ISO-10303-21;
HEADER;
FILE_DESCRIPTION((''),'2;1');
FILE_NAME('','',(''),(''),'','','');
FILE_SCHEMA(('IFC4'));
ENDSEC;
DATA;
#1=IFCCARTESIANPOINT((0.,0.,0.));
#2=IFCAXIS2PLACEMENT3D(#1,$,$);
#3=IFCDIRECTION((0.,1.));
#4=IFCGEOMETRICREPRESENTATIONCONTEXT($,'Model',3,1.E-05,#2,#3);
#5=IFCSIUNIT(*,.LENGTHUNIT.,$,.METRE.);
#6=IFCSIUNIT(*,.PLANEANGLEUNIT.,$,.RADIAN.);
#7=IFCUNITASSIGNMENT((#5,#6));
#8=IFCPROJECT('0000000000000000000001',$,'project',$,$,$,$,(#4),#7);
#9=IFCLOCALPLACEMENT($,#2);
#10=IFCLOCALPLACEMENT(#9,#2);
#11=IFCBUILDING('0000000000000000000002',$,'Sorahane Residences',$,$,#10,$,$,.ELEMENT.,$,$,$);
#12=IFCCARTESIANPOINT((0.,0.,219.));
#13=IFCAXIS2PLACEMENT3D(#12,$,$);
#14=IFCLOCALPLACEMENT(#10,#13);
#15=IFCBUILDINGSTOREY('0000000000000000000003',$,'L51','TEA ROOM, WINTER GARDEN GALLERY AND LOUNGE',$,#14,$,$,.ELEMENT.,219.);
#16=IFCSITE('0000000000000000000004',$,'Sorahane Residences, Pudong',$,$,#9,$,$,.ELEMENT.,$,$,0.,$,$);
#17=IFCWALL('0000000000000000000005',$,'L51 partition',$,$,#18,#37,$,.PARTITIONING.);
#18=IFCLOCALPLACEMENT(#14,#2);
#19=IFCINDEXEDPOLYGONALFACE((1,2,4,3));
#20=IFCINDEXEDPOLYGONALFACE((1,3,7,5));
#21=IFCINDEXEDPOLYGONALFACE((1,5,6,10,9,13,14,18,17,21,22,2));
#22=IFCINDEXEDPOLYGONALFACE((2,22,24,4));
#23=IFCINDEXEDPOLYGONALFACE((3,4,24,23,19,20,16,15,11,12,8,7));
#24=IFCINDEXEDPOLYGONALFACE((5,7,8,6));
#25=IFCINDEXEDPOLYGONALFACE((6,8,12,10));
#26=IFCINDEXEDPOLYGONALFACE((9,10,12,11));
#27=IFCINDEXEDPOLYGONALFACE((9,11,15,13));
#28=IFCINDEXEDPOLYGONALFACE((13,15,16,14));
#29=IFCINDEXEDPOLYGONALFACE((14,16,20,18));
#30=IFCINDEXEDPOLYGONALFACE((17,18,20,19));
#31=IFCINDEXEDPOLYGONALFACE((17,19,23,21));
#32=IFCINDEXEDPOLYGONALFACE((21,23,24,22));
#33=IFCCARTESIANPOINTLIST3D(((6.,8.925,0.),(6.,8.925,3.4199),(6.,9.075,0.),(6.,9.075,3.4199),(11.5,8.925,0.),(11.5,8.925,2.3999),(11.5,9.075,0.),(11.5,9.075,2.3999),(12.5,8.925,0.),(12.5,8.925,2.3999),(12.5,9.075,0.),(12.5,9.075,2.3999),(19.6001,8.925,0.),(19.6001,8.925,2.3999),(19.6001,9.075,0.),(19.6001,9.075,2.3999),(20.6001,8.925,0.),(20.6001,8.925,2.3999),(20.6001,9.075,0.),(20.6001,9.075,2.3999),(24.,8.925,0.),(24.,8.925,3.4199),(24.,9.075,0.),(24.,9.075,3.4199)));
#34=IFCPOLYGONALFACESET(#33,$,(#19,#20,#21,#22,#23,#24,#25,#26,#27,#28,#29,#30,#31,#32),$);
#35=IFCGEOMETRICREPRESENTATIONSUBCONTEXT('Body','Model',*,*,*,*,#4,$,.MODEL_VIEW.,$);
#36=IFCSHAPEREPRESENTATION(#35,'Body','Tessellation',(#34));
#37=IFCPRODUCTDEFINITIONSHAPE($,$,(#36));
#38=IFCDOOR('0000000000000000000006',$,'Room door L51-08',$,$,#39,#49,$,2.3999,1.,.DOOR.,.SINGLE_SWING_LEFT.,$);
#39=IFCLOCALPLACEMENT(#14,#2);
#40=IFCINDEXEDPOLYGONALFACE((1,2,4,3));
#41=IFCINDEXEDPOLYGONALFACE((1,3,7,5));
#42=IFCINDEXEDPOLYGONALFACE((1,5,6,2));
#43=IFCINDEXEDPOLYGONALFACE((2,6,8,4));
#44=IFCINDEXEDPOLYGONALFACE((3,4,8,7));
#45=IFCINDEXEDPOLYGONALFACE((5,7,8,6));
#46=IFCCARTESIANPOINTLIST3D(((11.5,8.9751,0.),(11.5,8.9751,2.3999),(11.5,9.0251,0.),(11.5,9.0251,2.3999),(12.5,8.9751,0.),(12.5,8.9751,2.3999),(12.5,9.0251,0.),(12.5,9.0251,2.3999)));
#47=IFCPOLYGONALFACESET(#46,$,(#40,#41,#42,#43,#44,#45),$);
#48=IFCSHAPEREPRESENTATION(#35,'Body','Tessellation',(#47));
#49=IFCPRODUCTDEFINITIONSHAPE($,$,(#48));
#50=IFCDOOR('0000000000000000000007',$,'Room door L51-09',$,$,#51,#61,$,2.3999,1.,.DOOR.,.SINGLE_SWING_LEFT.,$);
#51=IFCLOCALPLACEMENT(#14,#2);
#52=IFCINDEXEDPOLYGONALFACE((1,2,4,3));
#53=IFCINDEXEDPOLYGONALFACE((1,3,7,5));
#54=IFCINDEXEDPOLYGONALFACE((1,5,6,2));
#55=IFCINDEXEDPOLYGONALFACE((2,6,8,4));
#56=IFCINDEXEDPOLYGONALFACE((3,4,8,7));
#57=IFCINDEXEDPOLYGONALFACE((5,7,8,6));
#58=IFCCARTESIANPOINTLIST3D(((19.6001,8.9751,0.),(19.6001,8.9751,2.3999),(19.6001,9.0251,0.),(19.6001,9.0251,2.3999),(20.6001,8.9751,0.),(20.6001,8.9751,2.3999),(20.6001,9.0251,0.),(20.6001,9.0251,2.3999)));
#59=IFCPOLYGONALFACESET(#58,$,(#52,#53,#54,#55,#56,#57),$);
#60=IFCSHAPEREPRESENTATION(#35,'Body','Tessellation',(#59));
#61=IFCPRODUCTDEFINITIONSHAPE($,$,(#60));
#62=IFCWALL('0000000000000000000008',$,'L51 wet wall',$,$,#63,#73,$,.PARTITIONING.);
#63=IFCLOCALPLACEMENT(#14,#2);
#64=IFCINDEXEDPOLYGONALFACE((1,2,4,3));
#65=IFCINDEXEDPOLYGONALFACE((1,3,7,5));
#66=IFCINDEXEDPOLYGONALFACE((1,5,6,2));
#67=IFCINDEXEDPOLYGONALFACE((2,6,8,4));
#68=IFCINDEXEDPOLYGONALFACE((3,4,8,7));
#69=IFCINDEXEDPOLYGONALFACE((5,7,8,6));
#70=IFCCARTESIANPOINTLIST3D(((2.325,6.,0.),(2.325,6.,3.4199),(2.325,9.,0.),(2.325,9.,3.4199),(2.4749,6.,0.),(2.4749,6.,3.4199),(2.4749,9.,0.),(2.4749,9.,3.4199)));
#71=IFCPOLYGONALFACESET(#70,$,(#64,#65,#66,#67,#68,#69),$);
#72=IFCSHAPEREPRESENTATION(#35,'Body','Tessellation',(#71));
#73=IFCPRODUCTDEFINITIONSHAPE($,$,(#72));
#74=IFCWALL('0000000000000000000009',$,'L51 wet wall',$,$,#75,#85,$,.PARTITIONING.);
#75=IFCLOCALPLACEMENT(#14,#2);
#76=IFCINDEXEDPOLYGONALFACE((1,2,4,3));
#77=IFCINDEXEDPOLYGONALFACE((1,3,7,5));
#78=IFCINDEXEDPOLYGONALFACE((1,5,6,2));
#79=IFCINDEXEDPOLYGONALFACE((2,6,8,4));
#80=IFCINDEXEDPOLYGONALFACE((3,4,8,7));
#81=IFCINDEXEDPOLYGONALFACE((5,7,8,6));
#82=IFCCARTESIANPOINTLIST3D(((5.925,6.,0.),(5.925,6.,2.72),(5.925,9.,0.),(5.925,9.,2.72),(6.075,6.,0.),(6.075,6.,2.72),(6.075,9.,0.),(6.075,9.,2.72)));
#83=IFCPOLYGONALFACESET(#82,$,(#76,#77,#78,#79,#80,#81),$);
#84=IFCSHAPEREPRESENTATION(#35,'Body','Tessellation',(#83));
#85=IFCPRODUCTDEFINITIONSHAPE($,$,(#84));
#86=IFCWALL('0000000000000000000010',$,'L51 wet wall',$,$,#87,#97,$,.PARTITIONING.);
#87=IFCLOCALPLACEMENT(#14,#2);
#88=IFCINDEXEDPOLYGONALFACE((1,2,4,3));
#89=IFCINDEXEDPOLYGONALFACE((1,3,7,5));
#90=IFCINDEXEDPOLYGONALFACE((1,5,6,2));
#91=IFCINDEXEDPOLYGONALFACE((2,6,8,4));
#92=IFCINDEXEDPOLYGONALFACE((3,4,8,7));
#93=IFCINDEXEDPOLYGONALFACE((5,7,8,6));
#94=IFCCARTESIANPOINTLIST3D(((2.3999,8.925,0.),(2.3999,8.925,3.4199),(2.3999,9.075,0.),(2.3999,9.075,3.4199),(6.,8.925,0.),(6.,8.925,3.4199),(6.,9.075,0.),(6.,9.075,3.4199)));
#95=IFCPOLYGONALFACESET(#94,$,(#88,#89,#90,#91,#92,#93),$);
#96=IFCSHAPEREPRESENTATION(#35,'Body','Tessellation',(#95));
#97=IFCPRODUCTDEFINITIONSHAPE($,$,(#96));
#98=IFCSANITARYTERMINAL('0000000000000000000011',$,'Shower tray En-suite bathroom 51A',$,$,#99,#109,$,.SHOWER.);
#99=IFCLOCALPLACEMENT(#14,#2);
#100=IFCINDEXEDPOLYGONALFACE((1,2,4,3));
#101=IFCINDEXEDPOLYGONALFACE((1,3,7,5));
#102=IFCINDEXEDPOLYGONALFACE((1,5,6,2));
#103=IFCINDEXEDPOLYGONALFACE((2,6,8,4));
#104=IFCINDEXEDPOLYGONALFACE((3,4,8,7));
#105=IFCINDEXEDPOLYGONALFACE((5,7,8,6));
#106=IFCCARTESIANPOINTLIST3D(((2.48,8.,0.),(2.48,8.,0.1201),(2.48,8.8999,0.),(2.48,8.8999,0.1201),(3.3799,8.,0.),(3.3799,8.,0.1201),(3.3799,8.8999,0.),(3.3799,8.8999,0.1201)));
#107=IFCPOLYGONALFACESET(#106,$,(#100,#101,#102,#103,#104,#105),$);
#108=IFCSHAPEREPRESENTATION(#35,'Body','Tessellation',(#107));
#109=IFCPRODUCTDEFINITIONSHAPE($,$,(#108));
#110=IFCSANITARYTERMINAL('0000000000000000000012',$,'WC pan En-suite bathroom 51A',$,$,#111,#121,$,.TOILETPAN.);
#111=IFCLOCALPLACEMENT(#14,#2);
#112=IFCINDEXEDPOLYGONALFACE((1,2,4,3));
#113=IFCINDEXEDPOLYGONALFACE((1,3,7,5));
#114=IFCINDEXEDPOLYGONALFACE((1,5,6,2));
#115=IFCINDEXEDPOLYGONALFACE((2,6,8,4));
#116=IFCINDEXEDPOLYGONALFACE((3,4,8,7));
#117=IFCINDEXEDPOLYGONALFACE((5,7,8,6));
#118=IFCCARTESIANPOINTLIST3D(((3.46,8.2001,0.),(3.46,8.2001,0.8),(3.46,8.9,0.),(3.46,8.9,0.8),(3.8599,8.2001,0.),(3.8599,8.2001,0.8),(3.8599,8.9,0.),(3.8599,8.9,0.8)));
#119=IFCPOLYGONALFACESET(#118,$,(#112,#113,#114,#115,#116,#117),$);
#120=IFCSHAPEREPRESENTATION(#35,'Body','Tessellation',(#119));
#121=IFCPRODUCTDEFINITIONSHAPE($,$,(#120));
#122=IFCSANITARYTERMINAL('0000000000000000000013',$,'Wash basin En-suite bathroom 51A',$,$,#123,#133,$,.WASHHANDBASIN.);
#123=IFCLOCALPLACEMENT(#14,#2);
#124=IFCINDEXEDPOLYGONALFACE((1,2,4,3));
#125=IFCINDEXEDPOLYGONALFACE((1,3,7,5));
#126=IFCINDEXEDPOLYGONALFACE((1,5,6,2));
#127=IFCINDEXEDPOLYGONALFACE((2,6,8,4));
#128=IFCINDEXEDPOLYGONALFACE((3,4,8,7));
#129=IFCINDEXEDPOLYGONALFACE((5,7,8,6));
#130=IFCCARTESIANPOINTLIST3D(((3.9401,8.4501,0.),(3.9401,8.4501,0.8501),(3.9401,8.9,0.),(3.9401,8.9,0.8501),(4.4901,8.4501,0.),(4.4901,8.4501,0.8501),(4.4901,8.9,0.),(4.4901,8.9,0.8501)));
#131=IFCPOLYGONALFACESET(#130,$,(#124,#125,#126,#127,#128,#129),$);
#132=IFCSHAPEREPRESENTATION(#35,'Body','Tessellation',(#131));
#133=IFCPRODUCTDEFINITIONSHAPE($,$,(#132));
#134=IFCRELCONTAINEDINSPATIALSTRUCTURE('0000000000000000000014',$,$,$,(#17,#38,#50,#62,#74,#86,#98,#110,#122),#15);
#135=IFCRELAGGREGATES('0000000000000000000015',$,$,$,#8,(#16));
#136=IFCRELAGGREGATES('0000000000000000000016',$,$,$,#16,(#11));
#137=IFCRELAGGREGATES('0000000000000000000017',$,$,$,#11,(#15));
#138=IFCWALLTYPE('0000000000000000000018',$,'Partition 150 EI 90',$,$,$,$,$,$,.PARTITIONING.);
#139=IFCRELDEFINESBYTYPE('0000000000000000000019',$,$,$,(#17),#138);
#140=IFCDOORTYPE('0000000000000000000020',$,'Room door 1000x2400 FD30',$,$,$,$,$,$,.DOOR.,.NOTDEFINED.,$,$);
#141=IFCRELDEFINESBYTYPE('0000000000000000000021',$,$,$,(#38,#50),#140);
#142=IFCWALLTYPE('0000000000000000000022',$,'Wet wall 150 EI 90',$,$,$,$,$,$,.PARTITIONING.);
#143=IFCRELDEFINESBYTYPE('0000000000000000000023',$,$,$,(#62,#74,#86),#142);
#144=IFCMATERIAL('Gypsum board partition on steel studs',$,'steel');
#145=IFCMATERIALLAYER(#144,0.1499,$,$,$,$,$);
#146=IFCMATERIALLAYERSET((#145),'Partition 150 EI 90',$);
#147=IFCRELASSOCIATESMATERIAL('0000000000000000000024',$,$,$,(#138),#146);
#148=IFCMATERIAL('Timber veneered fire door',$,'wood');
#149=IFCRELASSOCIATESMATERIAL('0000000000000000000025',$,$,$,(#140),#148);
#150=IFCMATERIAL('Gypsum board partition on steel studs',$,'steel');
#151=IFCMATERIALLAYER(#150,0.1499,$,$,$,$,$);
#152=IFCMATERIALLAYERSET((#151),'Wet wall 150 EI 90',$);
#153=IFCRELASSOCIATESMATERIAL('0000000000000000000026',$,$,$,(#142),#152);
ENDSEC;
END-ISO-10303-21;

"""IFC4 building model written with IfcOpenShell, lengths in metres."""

from ifc_helpers import new_model, si_unit, direction, frame, frame_2d, origin, origin_2d, place, context, subcontext, project, spatial, rectangle, extrude, material, layer, layer_set, type_object, element, fill, save


model = new_model("IFC4")

# Units and contexts
model_context = context("Model", 3, precision=1e-05, world=origin(), true_north=direction((0.0, 1.0)))
body_context = subcontext(model_context, "Body", "Model", "MODEL_VIEW")
ifc_project = project(units=[si_unit("LENGTHUNIT", "METRE"), si_unit("PLANEANGLEUNIT", "RADIAN")], contexts=[model_context])

# Site, building, storey
site_placement = place(None, origin())
site = spatial("IfcSite", under=ifc_project, at=site_placement, Name="Sorahane Residences, Pudong", CompositionType="ELEMENT", RefElevation=0.0)
building_placement = place(site_placement, origin())
building = spatial("IfcBuilding", under=site, at=building_placement, Name="Sorahane Residences", CompositionType="ELEMENT")
storey_placement = place(building_placement, frame((0.0, 0.0, 219.0)))
storey = spatial("IfcBuildingStorey", under=building, at=storey_placement, Name="L51", Description="TEA ROOM, WINTER GARDEN GALLERY AND LOUNGE", CompositionType="ELEMENT", Elevation=219.0)

# Shared definitions
ifc_material_1 = material(Name="Gypsum board partition on steel studs", Category="steel")
ifc_layer_1 = layer(ifc_material_1, 0.1499)
ifc_layer_set_1 = layer_set([ifc_layer_1], Name="Partition 150 EI 90")
wall_type_1 = type_object("IfcWallType", Name="Partition 150 EI 90", PredefinedType="PARTITIONING", material=ifc_layer_set_1)

# Shared definitions
ifc_material_2 = material(Name="Timber veneered fire door", Category="wood")
door_type_1 = type_object("IfcDoorType", Name="Room door 1000x2400 FD30", OperationType="NOTDEFINED", PredefinedType="DOOR", material=ifc_material_2)

# Wall, openings, doors
wall_1_placement = place(storey_placement, frame((6.0, 9.0, 0.0), z_axis=(0.0, 0.0, 1.0), x_axis=(1.0, 0.0, 0.0)))
wall_1 = element("IfcWall", 1, at=wall_1_placement, inside=storey, type_object=wall_type_1, Name="L51 partition", PredefinedType="PARTITIONING", context=body_context, shape_type="SweptSolid", body=[
    extrude(rectangle(XDim=18.0, YDim=0.1499, at=frame_2d((9.0, 0.0))), origin(), (0.0, 0.0, 1.0), 3.4199),
])
opening_1_placement = place(wall_1_placement, frame((5.5, 0.0, 0.0)))
opening_1 = element("IfcOpeningElement", 2, at=opening_1_placement, cuts=wall_1, PredefinedType="OPENING", context=body_context, shape_type="SweptSolid", body=[
    extrude(rectangle(XDim=1.0, YDim=2.3999, at=frame_2d((0.5, 1.2))), frame((0.0, 0.085, 0.0), z_axis=(0.0, -1.0, 0.0), x_axis=(1.0, 0.0, 0.0)), (0.0, 0.0, 1.0), 0.1699),
])
opening_2_placement = place(wall_1_placement, frame((13.6001, 0.0, 0.0)))
opening_2 = element("IfcOpeningElement", 3, at=opening_2_placement, cuts=wall_1, PredefinedType="OPENING", context=body_context, shape_type="SweptSolid", body=[
    extrude(rectangle(XDim=1.0, YDim=2.3999, at=frame_2d((0.5, 1.2))), frame((0.0, 0.085, 0.0), z_axis=(0.0, -1.0, 0.0), x_axis=(1.0, 0.0, 0.0)), (0.0, 0.0, 1.0), 0.1699),
])
door_1_placement = place(opening_1_placement, frame((1.0, 0.0, 0.0), z_axis=(0.0, 0.0, 1.0), x_axis=(-1.0, 0.0, 0.0)))
door_1 = element("IfcDoor", 4, at=door_1_placement, inside=storey, type_object=door_type_1, Name="Room door L51-08", OperationType="SINGLE_SWING_LEFT", OverallHeight=2.3999, OverallWidth=1.0, PredefinedType="DOOR", context=body_context, shape_type="SweptSolid", body=[
    extrude(rectangle(XDim=1.0, YDim=2.3999, at=frame_2d((0.5, 1.2))), frame((0.0, 0.0249, 0.0), z_axis=(0.0, -1.0, 0.0), x_axis=(1.0, 0.0, 0.0)), (0.0, 0.0, 1.0), 0.05),
])
fill(opening_1, door_1)
door_2_placement = place(opening_2_placement, frame((1.0, 0.0, 0.0), z_axis=(0.0, 0.0, 1.0), x_axis=(-1.0, 0.0, 0.0)))
door_2 = element("IfcDoor", 5, at=door_2_placement, inside=storey, type_object=door_type_1, Name="Room door L51-09", OperationType="SINGLE_SWING_LEFT", OverallHeight=2.3999, OverallWidth=1.0, PredefinedType="DOOR", context=body_context, shape_type="SweptSolid", body=[
    extrude(rectangle(XDim=1.0, YDim=2.3999, at=frame_2d((0.5, 1.2))), frame((0.0, 0.0249, 0.0), z_axis=(0.0, -1.0, 0.0), x_axis=(1.0, 0.0, 0.0)), (0.0, 0.0, 1.0), 0.05),
])
fill(opening_2, door_2)

# Walls
ifc_material_3 = material(Name="Gypsum board partition on steel studs", Category="steel")
ifc_layer_2 = layer(ifc_material_3, 0.1499)
ifc_layer_set_2 = layer_set([ifc_layer_2], Name="Wet wall 150 EI 90")
wall_type_2 = type_object("IfcWallType", Name="Wet wall 150 EI 90", PredefinedType="PARTITIONING", material=ifc_layer_set_2)
wall_2_placement = place(storey_placement, frame((2.3999, 6.0, 0.0), z_axis=(0.0, 0.0, 1.0), x_axis=(0.0, 1.0, 0.0)))
element("IfcWall", 6, at=wall_2_placement, inside=storey, type_object=wall_type_2, Name="L51 wet wall", PredefinedType="PARTITIONING", context=body_context, shape_type="SweptSolid", body=[
    extrude(rectangle(XDim=3.0, YDim=0.1499, at=frame_2d((1.5, 0.0))), origin(), (0.0, 0.0, 1.0), 3.4199),
])
wall_3_placement = place(storey_placement, frame((6.0, 6.0, 0.0), z_axis=(0.0, 0.0, 1.0), x_axis=(0.0, 1.0, 0.0)))
element("IfcWall", 7, at=wall_3_placement, inside=storey, type_object=wall_type_2, Name="L51 wet wall", PredefinedType="PARTITIONING", context=body_context, shape_type="SweptSolid", body=[
    extrude(rectangle(XDim=3.0, YDim=0.1499, at=frame_2d((1.5, 0.0))), origin(), (0.0, 0.0, 1.0), 2.72),
])

# Wall
wall_4_placement = place(storey_placement, frame((2.3999, 9.0, 0.0), z_axis=(0.0, 0.0, 1.0), x_axis=(1.0, 0.0, 0.0)))
element("IfcWall", 8, at=wall_4_placement, inside=storey, type_object=wall_type_2, Name="L51 wet wall", PredefinedType="PARTITIONING", context=body_context, shape_type="SweptSolid", body=[
    extrude(rectangle(XDim=3.6001, YDim=0.1499, at=frame_2d((1.8, 0.0))), origin(), (0.0, 0.0, 1.0), 3.4199),
])

# Sanitary terminals
sanitary_terminal_1_placement = place(storey_placement, frame((2.9299, 8.45, 0.0), z_axis=(0.0, 0.0, 1.0), x_axis=(1.0, 0.0, 0.0)))
element("IfcSanitaryTerminal", 9, at=sanitary_terminal_1_placement, inside=storey, Name="Shower tray En-suite bathroom 51A", PredefinedType="SHOWER", context=body_context, shape_type="SweptSolid", body=[
    extrude(rectangle(XDim=0.8999, YDim=0.8999, at=origin_2d()), origin(), (0.0, 0.0, 1.0), 0.1201),
])
sanitary_terminal_2_placement = place(storey_placement, frame((3.6599, 8.55, 0.0), z_axis=(0.0, 0.0, 1.0), x_axis=(1.0, 0.0, 0.0)))
element("IfcSanitaryTerminal", 10, at=sanitary_terminal_2_placement, inside=storey, Name="WC pan En-suite bathroom 51A", PredefinedType="TOILETPAN", context=body_context, shape_type="SweptSolid", body=[
    extrude(rectangle(XDim=0.3999, YDim=0.7, at=origin_2d()), origin(), (0.0, 0.0, 1.0), 0.8),
])
sanitary_terminal_3_placement = place(storey_placement, frame((4.2151, 8.675, 0.0), z_axis=(0.0, 0.0, 1.0), x_axis=(1.0, 0.0, 0.0)))
element("IfcSanitaryTerminal", 11, at=sanitary_terminal_3_placement, inside=storey, Name="Wash basin En-suite bathroom 51A", PredefinedType="WASHHANDBASIN", context=body_context, shape_type="SweptSolid", body=[
    extrude(rectangle(XDim=0.55, YDim=0.45, at=origin_2d()), origin(), (0.0, 0.0, 1.0), 0.8501),
])

save(model, "model.ifc")
